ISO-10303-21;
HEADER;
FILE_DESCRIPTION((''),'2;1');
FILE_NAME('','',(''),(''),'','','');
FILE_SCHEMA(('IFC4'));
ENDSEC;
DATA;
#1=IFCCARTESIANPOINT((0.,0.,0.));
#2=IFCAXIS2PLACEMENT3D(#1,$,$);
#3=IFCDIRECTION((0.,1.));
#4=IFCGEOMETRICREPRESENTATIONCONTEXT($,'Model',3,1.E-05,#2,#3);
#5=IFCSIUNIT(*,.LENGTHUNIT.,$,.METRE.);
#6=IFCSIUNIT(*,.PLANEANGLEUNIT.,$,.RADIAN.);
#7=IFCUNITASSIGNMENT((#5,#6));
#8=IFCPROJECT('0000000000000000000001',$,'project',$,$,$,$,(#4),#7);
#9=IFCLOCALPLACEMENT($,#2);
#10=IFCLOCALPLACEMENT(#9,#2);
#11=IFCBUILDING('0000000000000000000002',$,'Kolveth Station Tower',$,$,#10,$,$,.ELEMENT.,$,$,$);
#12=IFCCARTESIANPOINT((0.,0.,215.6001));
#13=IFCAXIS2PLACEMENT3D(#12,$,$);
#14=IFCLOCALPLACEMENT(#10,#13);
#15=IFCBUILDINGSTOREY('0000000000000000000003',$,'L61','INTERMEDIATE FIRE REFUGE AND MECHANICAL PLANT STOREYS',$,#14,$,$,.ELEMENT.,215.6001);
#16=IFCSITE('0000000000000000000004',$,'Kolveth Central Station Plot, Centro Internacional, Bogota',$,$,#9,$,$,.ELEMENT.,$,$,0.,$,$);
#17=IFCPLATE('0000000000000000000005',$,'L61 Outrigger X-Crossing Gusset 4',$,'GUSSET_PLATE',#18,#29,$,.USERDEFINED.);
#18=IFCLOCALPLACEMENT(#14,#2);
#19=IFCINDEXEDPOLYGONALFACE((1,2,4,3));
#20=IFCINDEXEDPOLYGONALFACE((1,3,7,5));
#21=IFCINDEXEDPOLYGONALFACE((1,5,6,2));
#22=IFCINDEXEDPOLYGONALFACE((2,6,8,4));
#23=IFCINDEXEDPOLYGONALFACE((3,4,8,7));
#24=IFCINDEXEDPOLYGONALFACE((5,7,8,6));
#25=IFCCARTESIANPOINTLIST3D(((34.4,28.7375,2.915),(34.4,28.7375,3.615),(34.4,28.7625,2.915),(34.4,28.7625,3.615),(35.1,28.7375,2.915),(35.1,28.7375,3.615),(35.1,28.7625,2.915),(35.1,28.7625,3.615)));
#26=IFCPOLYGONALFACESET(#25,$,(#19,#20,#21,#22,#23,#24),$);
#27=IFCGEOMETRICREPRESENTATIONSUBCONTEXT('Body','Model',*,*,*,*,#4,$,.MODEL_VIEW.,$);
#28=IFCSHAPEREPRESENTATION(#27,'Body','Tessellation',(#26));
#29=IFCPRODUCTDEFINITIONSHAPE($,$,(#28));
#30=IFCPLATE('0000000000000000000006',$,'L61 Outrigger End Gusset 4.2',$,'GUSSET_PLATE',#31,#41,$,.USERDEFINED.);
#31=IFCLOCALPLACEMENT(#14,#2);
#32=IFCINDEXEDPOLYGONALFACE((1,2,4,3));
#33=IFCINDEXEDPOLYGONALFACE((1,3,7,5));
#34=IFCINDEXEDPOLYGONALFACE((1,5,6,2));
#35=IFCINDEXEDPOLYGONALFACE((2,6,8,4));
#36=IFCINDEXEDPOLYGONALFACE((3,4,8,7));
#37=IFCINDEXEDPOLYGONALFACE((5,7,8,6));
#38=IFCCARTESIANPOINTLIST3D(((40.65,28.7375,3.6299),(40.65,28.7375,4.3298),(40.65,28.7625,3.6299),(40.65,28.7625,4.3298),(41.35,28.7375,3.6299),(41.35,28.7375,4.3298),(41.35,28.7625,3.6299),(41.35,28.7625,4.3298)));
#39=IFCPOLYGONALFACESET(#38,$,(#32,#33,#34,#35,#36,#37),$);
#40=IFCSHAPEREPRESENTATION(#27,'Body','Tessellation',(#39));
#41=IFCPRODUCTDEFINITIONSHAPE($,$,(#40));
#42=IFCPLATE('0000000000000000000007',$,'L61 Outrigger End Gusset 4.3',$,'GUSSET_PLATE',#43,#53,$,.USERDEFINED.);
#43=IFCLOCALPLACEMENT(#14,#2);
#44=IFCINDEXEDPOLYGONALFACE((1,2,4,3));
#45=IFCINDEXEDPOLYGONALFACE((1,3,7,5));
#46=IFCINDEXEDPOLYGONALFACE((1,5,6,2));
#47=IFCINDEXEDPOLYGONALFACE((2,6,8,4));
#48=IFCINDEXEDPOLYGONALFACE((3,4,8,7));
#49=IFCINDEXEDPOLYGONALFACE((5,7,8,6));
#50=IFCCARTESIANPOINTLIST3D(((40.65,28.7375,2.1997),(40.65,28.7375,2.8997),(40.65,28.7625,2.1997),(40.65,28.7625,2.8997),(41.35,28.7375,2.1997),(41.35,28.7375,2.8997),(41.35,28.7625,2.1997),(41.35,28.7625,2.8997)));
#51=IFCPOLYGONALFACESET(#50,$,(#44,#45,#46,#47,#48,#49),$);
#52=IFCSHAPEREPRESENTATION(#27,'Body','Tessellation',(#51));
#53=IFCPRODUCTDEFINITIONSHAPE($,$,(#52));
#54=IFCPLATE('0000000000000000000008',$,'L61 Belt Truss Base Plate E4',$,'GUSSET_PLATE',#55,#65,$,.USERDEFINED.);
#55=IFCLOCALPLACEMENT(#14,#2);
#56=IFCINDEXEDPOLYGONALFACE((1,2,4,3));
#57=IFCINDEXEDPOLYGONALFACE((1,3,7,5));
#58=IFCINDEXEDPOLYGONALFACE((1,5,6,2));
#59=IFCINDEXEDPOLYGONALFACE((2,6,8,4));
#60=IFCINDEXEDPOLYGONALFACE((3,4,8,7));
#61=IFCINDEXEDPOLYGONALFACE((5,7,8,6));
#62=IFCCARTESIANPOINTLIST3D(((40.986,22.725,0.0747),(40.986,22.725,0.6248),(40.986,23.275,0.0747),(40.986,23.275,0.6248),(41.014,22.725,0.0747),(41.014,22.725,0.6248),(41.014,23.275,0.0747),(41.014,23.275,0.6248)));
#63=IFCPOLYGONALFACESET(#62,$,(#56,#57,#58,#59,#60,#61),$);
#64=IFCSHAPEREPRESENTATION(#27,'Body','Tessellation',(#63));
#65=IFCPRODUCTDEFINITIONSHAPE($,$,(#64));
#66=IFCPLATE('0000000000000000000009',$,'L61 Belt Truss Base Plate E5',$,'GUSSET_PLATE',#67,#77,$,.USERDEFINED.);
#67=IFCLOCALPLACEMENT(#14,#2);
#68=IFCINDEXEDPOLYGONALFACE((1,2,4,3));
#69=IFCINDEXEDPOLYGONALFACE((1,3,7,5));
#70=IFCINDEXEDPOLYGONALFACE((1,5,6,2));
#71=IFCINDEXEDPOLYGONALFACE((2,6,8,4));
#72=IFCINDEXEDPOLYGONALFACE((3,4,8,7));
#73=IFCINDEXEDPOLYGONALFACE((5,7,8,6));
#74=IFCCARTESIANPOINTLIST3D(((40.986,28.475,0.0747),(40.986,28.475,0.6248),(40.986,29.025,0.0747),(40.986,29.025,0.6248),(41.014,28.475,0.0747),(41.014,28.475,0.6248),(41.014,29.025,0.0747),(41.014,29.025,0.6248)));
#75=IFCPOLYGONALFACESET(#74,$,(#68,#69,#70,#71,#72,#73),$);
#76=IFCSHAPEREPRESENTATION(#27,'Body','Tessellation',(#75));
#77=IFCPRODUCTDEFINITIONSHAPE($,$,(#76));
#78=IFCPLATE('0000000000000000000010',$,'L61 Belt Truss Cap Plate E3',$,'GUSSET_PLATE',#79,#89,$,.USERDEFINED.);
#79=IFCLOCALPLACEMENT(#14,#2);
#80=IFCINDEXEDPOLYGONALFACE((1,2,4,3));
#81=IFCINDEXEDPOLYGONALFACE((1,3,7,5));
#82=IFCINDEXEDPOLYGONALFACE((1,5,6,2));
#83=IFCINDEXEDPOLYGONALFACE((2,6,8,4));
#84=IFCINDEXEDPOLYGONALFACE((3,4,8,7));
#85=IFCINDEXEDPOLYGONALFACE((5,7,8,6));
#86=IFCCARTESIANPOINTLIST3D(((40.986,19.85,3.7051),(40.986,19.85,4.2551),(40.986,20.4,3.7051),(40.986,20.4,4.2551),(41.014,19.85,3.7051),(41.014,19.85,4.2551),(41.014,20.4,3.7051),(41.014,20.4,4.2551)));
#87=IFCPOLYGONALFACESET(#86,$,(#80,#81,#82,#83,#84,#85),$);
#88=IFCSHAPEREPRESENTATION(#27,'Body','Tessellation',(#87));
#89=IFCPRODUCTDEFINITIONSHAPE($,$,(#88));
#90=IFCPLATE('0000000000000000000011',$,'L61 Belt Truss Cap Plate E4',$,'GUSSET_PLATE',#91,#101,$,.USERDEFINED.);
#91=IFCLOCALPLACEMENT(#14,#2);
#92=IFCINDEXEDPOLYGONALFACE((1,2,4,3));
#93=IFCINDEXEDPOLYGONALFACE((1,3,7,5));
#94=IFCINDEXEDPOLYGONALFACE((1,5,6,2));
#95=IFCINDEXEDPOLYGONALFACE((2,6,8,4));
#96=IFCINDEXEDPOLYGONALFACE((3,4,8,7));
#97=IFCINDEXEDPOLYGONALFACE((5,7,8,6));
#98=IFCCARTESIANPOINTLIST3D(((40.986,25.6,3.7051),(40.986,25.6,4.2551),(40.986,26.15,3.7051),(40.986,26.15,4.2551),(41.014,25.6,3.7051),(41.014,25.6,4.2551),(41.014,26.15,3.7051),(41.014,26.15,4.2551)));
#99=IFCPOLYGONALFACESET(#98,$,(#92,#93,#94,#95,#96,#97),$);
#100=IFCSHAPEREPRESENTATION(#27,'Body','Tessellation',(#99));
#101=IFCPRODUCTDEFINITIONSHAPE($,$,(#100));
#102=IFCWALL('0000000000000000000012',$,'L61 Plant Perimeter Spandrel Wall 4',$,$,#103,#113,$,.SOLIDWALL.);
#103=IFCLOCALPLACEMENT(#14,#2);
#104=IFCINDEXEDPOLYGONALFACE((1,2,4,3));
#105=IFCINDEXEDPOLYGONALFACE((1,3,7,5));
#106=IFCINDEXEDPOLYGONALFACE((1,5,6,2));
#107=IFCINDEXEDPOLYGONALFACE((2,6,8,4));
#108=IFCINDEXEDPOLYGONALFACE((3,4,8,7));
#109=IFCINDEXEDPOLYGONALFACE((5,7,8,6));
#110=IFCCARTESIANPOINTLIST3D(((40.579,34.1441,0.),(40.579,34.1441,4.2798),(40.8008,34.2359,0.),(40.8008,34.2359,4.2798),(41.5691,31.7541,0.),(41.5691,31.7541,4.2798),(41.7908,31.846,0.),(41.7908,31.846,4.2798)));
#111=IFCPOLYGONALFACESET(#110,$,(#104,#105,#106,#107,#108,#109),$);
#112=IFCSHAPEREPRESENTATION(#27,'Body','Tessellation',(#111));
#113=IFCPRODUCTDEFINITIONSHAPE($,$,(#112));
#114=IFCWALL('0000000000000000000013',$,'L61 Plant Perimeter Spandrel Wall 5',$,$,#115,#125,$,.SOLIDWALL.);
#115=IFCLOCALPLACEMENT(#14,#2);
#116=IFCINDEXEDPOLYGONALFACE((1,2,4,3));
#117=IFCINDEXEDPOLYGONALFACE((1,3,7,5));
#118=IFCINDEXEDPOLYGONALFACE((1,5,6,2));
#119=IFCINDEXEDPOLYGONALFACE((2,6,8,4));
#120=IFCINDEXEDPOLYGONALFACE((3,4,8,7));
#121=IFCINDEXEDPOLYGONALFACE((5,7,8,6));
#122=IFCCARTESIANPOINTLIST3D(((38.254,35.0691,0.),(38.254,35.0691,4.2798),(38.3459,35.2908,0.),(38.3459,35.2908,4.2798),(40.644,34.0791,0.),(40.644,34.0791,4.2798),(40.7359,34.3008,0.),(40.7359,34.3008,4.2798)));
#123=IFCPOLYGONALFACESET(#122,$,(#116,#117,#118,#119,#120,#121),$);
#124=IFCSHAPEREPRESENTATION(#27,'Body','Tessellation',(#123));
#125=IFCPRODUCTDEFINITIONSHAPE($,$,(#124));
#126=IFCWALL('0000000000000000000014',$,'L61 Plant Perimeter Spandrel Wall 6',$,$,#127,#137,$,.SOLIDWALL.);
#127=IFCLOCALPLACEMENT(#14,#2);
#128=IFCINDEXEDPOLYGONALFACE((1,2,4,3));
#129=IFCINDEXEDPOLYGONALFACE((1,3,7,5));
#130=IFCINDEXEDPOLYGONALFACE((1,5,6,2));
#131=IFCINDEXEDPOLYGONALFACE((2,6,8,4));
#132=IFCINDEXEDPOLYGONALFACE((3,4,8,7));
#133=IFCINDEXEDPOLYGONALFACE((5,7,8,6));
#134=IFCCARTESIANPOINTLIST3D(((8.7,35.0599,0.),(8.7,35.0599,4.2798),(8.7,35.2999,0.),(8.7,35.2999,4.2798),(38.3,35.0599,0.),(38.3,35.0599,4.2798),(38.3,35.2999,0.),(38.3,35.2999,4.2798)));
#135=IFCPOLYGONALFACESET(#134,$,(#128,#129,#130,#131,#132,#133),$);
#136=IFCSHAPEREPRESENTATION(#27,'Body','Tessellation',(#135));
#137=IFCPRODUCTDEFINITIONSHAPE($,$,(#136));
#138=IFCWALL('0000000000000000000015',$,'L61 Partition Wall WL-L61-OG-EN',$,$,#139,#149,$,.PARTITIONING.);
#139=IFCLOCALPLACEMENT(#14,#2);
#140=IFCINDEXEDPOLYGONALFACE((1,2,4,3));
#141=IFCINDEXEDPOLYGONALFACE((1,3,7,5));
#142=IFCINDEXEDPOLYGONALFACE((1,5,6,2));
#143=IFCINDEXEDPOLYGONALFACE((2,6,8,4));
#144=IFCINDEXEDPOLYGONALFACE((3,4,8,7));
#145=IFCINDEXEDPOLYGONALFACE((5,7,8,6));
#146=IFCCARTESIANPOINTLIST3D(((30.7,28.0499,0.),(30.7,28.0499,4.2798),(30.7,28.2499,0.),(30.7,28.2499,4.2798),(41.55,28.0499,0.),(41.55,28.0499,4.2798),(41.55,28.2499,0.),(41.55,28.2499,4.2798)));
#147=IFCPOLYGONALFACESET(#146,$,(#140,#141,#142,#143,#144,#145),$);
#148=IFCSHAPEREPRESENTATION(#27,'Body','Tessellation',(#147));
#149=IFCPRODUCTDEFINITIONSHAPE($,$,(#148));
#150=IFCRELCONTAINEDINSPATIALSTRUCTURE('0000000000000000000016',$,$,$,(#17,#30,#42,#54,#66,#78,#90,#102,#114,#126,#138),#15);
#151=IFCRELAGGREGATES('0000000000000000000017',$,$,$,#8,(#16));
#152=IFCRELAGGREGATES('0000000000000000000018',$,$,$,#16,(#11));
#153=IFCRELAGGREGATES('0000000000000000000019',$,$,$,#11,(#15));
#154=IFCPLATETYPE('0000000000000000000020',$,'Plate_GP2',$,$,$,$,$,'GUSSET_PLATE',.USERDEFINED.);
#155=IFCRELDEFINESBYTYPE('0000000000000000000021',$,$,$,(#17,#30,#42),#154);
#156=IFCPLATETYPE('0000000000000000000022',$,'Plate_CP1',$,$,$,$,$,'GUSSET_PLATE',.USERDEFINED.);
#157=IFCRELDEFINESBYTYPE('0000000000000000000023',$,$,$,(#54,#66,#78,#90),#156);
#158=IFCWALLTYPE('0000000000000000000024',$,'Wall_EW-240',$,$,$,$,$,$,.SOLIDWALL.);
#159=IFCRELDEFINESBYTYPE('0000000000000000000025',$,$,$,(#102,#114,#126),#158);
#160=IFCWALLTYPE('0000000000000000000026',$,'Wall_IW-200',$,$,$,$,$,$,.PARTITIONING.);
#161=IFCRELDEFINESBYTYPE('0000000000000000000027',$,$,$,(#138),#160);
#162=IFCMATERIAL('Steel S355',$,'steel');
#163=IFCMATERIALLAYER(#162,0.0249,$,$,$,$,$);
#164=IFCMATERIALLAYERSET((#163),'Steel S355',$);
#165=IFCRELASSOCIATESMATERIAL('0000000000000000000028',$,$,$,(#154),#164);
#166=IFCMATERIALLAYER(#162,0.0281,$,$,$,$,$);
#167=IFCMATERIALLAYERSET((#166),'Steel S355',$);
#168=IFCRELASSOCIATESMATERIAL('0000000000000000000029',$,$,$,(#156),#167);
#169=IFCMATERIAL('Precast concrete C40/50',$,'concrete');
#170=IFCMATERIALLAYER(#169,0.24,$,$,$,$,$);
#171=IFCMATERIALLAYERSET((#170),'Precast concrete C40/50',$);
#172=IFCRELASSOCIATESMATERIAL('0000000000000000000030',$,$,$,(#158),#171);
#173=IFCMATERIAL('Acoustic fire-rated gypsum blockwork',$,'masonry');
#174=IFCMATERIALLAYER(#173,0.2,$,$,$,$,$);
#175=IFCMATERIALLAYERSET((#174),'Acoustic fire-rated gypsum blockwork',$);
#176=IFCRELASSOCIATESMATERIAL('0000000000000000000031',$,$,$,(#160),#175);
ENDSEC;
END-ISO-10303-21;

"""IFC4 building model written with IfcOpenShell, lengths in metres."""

from ifc_helpers import new_model, si_unit, direction, frame, frame_2d, origin, origin_2d, place, context, subcontext, project, spatial, rectangle, extrude, source, transform, mapped, material, layer, layer_set, type_object, element, save


model = new_model("IFC4")

# Units and contexts
model_context = context("Model", 3, precision=1e-05, world=origin(), true_north=direction((0.0, 1.0)))
body_context = subcontext(model_context, "Body", "Model", "MODEL_VIEW")
ifc_project = project(units=[si_unit("LENGTHUNIT", "METRE"), si_unit("PLANEANGLEUNIT", "RADIAN")], contexts=[model_context])

# Site, building, storey
site_placement = place(None, origin())
site = spatial("IfcSite", under=ifc_project, at=site_placement, Name="Kolveth Central Station Plot, Centro Internacional, Bogota", CompositionType="ELEMENT", RefElevation=0.0)
building_placement = place(site_placement, origin())
building = spatial("IfcBuilding", under=site, at=building_placement, Name="Kolveth Station Tower", CompositionType="ELEMENT")
storey_placement = place(building_placement, frame((0.0, 0.0, 215.6001)))
storey = spatial("IfcBuildingStorey", under=building, at=storey_placement, Name="L61", Description="INTERMEDIATE FIRE REFUGE AND MECHANICAL PLANT STOREYS", CompositionType="ELEMENT", Elevation=215.6001)

# Shared definitions
ifc_material_1 = material(Name="Steel S355", Category="steel")

# Plates
ifc_layer_1 = layer(ifc_material_1, 0.0249)
ifc_layer_set_1 = layer_set([ifc_layer_1], Name="Steel S355")
plate_type_1 = type_object("IfcPlateType", Name="Plate_GP2", ElementType="GUSSET_PLATE", PredefinedType="USERDEFINED", material=ifc_layer_set_1)
shared_shape_1 = source(origin(), body_context, "Body", "SweptSolid", [
    extrude(rectangle(XDim=0.7, YDim=0.0249, at=origin_2d()), origin(), (0.0, 0.0, 1.0), 0.7),
])
for number, where, z_axis, x_axis, name in (
    (1, (34.75, 28.75, 2.915), (0.0, 0.0, 1.0), (1.0, 0.0, 0.0), "L61 Outrigger X-Crossing Gusset 4"),
    (2, (41.0, 28.75, 3.6299), (0.0, 0.0, 1.0), (1.0, 0.0, 0.0), "L61 Outrigger End Gusset 4.2"),
    (3, (41.0, 28.75, 2.1997), (0.0, 0.0, 1.0), (1.0, 0.0, 0.0), "L61 Outrigger End Gusset 4.3"),
):
    element("IfcPlate", number, at=place(storey_placement, frame(where, z_axis=z_axis, x_axis=x_axis)), inside=storey, type_object=plate_type_1, Name=name, ObjectType="GUSSET_PLATE", PredefinedType="USERDEFINED", context=body_context, shape_type="MappedRepresentation", body=[
        mapped(shared_shape_1, transform((0.0, 0.0, 0.0), x_axis=(1.0, 0.0, 0.0), y_axis=(0.0, 1.0, 0.0), z_axis=(0.0, 0.0, 1.0), scale=1.0)),
    ])
ifc_layer_2 = layer(ifc_material_1, 0.0281)
ifc_layer_set_2 = layer_set([ifc_layer_2], Name="Steel S355")
plate_type_2 = type_object("IfcPlateType", Name="Plate_CP1", ElementType="GUSSET_PLATE", PredefinedType="USERDEFINED", material=ifc_layer_set_2)
shared_shape_2 = source(origin(), body_context, "Body", "SweptSolid", [
    extrude(rectangle(XDim=0.0281, YDim=0.55, at=origin_2d()), origin(), (0.0, 0.0, 1.0), 0.55),
])
for number, where, z_axis, x_axis, name in (
    (4, (41.0, 23.0, 0.0747), (0.0, 0.0, 1.0), (1.0, 0.0, 0.0), "L61 Belt Truss Base Plate E4"),
    (5, (41.0, 28.75, 0.0747), (0.0, 0.0, 1.0), (1.0, 0.0, 0.0), "L61 Belt Truss Base Plate E5"),
    (6, (41.0, 20.125, 3.7051), (0.0, 0.0, 1.0), (1.0, 0.0, 0.0), "L61 Belt Truss Cap Plate E3"),
    (7, (41.0, 25.875, 3.7051), (0.0, 0.0, 1.0), (1.0, 0.0, 0.0), "L61 Belt Truss Cap Plate E4"),
):
    element("IfcPlate", number, at=place(storey_placement, frame(where, z_axis=z_axis, x_axis=x_axis)), inside=storey, type_object=plate_type_2, Name=name, ObjectType="GUSSET_PLATE", PredefinedType="USERDEFINED", context=body_context, shape_type="MappedRepresentation", body=[
        mapped(shared_shape_2, transform((0.0, 0.0, 0.0), x_axis=(1.0, 0.0, 0.0), y_axis=(0.0, 1.0, 0.0), z_axis=(0.0, 0.0, 1.0), scale=1.0)),
    ])

# Walls
ifc_material_2 = material(Name="Precast concrete C40/50", Category="concrete")
ifc_layer_3 = layer(ifc_material_2, 0.24)
ifc_layer_set_3 = layer_set([ifc_layer_3], Name="Precast concrete C40/50")
wall_type_1 = type_object("IfcWallType", Name="Wall_EW-240", PredefinedType="SOLIDWALL", material=ifc_layer_set_3)
for number, where, z_axis, x_axis, name in (
    (8, (41.6799, 31.8, 0.0), (0.0, 0.0, 1.0), (-0.382705, 0.923871, 0.0), "L61 Plant Perimeter Spandrel Wall 4"),
    (9, (40.6899, 34.1899, 0.0), (0.0, 0.0, 1.0), (-0.923871, 0.382705, 0.0), "L61 Plant Perimeter Spandrel Wall 5"),
):
    element("IfcWall", number, at=place(storey_placement, frame(where, z_axis=z_axis, x_axis=x_axis)), inside=storey, type_object=wall_type_1, Name=name, PredefinedType="SOLIDWALL", context=body_context, shape_type="SweptSolid", body=[
        extrude(rectangle(XDim=2.5869, YDim=0.24, at=frame_2d((1.2935, 0.0))), origin(), (0.0, 0.0, 1.0), 4.2798),
    ])
wall_1_placement = place(storey_placement, frame((38.3, 35.1799, 0.0), z_axis=(0.0, 0.0, 1.0), x_axis=(-1.0, 0.0, 0.0)))
element("IfcWall", 10, at=wall_1_placement, inside=storey, type_object=wall_type_1, Name="L61 Plant Perimeter Spandrel Wall 6", PredefinedType="SOLIDWALL", context=body_context, shape_type="SweptSolid", body=[
    extrude(rectangle(XDim=29.6001, YDim=0.24, at=frame_2d((14.8, 0.0))), origin(), (0.0, 0.0, 1.0), 4.2798),
])
ifc_material_3 = material(Name="Acoustic fire-rated gypsum blockwork", Category="masonry")
ifc_layer_4 = layer(ifc_material_3, 0.2)
ifc_layer_set_4 = layer_set([ifc_layer_4], Name="Acoustic fire-rated gypsum blockwork")
wall_type_2 = type_object("IfcWallType", Name="Wall_IW-200", PredefinedType="PARTITIONING", material=ifc_layer_set_4)
wall_2_placement = place(storey_placement, frame((30.7, 28.1499, 0.0), z_axis=(0.0, 0.0, 1.0), x_axis=(1.0, 0.0, 0.0)))
element("IfcWall", 11, at=wall_2_placement, inside=storey, type_object=wall_type_2, Name="L61 Partition Wall WL-L61-OG-EN", PredefinedType="PARTITIONING", context=body_context, shape_type="SweptSolid", body=[
    extrude(rectangle(XDim=10.8501, YDim=0.2, at=frame_2d((5.425, 0.0))), origin(), (0.0, 0.0, 1.0), 4.2798),
])

save(model, "model.ifc")
